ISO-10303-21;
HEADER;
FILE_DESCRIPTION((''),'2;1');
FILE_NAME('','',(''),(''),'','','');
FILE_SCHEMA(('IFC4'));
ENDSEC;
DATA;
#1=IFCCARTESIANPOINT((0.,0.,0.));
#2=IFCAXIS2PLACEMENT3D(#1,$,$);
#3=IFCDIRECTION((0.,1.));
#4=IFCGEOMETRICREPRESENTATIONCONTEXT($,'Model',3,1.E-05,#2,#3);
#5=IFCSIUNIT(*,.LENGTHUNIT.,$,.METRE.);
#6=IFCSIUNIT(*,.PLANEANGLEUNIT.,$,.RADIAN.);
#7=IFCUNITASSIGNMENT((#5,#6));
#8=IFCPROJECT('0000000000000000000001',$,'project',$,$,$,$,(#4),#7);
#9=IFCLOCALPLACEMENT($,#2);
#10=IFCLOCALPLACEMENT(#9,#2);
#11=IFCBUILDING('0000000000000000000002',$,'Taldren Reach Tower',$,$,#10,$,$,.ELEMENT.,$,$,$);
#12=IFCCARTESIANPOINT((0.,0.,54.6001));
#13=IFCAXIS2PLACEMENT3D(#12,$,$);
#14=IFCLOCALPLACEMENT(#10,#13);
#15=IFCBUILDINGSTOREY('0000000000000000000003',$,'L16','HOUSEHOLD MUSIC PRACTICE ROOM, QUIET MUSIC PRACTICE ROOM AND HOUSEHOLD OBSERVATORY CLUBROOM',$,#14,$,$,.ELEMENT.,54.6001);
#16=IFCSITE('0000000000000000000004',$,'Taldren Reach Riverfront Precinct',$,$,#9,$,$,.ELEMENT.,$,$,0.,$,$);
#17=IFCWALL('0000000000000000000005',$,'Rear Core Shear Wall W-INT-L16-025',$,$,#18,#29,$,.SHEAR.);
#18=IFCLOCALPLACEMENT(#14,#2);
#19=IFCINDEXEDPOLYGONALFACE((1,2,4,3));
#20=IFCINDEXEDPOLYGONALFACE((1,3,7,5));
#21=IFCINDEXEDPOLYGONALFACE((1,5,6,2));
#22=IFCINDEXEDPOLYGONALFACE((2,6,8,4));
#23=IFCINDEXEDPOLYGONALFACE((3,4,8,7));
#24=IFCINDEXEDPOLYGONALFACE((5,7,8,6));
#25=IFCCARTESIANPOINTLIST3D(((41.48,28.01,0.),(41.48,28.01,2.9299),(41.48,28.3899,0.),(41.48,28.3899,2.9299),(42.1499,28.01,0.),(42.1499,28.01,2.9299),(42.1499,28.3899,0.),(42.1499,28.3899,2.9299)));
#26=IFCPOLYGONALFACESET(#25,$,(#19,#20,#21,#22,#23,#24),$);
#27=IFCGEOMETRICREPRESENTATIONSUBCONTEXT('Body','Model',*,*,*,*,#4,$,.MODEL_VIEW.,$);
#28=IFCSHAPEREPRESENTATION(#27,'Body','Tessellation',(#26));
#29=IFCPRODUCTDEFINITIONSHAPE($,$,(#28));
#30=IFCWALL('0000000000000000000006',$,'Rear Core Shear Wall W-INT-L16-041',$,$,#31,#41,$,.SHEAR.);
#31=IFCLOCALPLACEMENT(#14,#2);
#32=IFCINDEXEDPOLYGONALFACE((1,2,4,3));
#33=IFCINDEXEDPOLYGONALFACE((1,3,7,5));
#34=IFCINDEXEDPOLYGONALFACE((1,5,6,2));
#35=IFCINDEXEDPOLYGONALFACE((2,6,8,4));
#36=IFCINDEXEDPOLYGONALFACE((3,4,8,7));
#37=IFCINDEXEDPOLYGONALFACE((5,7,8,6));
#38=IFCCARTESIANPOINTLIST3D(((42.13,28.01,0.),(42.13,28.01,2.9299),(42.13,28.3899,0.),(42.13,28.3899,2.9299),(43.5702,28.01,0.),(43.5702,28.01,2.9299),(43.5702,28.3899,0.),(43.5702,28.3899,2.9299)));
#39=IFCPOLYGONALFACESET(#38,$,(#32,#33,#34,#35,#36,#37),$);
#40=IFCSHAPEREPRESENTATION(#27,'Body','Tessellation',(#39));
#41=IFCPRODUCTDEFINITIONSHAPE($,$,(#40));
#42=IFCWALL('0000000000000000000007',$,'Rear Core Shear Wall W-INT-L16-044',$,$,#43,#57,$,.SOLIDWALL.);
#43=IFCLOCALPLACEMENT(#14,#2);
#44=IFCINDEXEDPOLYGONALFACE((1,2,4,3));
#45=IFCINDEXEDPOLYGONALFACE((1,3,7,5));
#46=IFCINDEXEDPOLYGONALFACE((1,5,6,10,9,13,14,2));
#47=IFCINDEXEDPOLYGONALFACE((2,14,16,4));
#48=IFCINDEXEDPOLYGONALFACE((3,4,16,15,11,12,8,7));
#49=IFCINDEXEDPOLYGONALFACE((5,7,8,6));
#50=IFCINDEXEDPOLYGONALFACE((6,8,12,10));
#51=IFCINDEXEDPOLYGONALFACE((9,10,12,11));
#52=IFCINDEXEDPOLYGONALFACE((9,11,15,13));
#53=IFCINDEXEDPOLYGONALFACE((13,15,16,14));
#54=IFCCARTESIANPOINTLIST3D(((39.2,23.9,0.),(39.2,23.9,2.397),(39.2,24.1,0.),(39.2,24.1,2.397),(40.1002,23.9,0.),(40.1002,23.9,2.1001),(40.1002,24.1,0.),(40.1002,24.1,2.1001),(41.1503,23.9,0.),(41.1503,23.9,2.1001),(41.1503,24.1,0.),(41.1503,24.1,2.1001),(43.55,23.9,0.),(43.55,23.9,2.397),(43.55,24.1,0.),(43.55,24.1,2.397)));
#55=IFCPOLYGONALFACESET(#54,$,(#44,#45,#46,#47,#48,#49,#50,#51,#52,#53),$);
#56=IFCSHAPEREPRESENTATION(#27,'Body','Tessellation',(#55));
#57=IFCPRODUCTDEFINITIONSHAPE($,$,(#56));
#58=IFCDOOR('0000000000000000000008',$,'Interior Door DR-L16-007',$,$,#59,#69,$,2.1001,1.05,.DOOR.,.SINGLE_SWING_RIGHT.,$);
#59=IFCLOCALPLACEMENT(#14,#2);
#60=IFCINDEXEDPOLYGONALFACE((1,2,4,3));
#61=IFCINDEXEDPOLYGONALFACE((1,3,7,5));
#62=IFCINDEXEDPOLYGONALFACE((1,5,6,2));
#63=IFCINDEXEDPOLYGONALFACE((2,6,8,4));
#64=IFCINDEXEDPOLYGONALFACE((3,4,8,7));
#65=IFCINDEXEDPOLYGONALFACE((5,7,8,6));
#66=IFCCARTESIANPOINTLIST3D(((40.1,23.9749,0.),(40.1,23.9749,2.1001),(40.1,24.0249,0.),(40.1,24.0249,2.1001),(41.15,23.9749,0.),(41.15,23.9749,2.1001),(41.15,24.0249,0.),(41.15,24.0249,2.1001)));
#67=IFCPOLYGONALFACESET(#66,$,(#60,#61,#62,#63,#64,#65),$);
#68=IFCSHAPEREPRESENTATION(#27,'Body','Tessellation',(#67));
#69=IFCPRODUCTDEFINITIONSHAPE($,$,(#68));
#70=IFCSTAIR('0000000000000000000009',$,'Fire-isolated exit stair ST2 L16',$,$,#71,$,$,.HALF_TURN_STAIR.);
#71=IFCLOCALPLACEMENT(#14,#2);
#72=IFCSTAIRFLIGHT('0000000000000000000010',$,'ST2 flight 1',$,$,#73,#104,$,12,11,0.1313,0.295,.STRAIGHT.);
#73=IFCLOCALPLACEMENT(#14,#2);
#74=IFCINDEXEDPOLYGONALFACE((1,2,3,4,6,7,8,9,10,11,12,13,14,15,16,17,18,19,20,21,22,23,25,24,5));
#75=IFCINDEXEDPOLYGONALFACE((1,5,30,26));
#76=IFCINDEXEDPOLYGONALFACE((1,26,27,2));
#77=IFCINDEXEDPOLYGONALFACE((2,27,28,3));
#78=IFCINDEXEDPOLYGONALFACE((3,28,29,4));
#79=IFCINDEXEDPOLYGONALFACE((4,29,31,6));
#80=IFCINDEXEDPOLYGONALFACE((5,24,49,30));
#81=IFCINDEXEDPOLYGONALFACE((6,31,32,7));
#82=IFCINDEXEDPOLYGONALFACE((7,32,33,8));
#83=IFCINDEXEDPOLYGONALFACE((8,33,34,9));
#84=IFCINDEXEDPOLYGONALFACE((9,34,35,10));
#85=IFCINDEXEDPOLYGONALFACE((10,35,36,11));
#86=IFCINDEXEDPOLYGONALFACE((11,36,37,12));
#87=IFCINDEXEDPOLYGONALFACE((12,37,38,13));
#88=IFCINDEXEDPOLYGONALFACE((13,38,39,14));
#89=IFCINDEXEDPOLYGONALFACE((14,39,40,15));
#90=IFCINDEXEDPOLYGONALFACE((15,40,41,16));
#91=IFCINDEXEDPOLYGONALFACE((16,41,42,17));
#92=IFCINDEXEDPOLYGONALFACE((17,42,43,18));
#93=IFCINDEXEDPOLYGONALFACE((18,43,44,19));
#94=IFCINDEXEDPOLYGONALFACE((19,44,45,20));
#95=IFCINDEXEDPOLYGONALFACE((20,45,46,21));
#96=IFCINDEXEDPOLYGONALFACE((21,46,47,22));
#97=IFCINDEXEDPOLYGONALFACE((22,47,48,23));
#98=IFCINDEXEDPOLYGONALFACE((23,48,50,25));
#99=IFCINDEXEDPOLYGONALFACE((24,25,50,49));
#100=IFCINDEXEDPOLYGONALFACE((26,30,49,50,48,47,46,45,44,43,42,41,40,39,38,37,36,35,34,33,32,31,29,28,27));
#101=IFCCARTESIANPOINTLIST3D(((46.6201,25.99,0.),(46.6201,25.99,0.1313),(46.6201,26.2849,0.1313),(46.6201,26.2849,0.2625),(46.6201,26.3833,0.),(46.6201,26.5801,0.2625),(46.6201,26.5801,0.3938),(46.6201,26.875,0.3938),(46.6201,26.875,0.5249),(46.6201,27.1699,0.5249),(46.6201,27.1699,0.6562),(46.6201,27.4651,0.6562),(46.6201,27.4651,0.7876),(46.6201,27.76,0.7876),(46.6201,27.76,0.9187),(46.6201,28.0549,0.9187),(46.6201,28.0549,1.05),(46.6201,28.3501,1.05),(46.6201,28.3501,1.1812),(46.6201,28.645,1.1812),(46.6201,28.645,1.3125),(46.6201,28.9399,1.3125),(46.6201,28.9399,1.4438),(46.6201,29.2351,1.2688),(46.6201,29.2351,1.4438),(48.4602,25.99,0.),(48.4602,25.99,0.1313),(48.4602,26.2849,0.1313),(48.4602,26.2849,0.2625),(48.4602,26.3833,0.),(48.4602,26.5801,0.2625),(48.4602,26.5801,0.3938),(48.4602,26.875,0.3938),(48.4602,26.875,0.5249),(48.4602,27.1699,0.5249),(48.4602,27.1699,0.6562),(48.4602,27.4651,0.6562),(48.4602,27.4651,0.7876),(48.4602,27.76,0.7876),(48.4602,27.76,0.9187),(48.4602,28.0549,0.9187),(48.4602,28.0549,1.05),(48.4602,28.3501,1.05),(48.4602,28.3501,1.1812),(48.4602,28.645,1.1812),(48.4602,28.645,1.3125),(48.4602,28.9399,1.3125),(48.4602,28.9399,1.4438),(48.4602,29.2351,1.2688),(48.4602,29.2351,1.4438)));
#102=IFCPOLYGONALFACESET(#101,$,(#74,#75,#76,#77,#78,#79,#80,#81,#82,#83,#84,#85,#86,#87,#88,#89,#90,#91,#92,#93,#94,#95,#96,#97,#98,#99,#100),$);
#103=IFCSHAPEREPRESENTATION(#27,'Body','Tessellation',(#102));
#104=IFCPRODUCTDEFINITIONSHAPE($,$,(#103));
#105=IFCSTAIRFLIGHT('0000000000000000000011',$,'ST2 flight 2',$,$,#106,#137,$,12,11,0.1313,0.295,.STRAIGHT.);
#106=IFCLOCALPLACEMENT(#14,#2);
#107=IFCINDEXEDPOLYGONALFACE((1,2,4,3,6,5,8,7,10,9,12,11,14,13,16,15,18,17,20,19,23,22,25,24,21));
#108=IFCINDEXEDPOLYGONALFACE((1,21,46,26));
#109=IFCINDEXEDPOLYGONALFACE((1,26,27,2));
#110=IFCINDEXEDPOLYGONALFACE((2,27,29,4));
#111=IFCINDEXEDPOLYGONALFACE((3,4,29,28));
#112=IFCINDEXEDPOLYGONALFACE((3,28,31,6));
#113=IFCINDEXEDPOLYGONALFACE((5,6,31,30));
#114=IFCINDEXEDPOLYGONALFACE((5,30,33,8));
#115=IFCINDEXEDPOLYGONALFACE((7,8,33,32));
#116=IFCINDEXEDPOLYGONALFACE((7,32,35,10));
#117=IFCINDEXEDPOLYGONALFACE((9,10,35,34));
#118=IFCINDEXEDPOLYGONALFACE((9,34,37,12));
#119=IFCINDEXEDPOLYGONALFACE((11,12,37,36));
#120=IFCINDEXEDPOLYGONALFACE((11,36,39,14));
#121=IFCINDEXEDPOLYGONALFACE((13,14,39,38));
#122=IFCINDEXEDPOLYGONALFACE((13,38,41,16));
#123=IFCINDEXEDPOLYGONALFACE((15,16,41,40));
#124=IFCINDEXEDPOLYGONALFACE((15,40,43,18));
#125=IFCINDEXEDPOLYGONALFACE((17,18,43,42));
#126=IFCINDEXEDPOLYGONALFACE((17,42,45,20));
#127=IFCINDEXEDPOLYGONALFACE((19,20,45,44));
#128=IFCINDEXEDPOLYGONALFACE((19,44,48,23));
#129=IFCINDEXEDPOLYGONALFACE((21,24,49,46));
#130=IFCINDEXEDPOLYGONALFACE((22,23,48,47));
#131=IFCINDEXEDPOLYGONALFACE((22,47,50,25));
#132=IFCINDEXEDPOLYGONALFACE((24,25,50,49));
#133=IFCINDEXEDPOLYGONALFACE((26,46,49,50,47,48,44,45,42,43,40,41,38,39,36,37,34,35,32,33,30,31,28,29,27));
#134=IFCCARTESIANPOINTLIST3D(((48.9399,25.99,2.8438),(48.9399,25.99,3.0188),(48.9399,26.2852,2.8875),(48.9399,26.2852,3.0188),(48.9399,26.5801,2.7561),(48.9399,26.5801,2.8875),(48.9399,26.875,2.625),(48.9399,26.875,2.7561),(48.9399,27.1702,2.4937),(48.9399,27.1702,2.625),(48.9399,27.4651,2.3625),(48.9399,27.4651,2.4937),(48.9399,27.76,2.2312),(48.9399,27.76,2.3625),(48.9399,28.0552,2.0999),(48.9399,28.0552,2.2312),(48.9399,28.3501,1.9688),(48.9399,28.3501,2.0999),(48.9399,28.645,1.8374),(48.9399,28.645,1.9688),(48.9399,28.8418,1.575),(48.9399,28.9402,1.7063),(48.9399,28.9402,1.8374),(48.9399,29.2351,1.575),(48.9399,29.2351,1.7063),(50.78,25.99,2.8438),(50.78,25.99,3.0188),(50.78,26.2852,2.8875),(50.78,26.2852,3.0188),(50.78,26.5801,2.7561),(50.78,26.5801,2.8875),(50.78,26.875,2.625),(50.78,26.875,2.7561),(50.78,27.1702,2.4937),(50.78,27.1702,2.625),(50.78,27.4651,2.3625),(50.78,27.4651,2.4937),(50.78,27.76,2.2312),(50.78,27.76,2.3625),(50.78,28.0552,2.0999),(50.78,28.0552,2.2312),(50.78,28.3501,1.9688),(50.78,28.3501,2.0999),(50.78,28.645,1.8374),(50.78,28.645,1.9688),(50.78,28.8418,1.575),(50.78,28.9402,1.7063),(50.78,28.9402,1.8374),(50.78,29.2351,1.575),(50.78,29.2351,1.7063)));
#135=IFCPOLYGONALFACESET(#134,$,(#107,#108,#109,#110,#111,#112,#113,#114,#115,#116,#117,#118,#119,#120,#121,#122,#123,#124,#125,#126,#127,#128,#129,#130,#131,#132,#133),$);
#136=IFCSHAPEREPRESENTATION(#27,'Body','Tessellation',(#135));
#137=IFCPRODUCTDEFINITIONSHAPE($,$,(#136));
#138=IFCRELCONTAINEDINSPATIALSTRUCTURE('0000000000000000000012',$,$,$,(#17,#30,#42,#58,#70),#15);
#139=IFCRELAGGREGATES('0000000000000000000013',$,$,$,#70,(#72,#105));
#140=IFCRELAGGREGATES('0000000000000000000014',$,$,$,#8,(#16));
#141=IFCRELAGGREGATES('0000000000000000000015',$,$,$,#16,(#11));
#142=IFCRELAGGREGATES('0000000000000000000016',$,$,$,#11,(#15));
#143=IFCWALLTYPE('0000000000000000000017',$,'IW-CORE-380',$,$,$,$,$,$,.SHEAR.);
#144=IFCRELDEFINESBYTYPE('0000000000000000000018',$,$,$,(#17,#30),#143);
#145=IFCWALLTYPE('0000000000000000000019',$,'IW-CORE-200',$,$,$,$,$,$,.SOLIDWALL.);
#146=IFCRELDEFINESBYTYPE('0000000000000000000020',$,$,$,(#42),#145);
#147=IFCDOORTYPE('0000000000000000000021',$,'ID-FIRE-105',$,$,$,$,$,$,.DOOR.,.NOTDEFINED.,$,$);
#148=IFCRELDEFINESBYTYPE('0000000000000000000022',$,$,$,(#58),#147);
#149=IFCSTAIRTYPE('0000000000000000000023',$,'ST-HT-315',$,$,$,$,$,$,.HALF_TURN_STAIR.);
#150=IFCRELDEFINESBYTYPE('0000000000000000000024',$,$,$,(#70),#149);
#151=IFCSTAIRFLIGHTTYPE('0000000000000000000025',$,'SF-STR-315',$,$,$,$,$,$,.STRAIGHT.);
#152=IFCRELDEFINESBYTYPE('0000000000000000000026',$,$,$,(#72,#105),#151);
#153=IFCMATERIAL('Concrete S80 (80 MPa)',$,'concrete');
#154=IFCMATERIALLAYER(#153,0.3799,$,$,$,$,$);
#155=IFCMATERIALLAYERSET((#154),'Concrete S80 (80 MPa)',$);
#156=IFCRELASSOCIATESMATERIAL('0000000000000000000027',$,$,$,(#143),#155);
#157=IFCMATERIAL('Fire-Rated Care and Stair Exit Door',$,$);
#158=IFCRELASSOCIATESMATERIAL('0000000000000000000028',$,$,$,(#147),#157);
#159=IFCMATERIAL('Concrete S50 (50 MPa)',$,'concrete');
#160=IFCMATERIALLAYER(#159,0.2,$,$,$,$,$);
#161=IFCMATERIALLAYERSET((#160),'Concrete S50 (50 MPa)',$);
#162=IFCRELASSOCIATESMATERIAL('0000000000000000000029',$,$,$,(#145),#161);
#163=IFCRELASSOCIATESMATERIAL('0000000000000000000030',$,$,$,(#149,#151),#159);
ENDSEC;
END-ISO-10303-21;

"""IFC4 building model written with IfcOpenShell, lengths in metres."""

from ifc_helpers import new_model, si_unit, direction, frame, frame_2d, origin, place, context, subcontext, project, spatial, polyline, rectangle, outline, extrude, source, transform, mapped, material, layer, layer_set, type_object, element, fill, aggregate, save


model = new_model("IFC4")

# Units and contexts
model_context = context("Model", 3, precision=1e-05, world=origin(), true_north=direction((0.0, 1.0)))
body_context = subcontext(model_context, "Body", "Model", "MODEL_VIEW")
ifc_project = project(units=[si_unit("LENGTHUNIT", "METRE"), si_unit("PLANEANGLEUNIT", "RADIAN")], contexts=[model_context])

# Site, building, storey
site_placement = place(None, origin())
site = spatial("IfcSite", under=ifc_project, at=site_placement, Name="Taldren Reach Riverfront Precinct", CompositionType="ELEMENT", RefElevation=0.0)
building_placement = place(site_placement, origin())
building = spatial("IfcBuilding", under=site, at=building_placement, Name="Taldren Reach Tower", CompositionType="ELEMENT")
storey_placement = place(building_placement, frame((0.0, 0.0, 54.6001)))
storey = spatial("IfcBuildingStorey", under=building, at=storey_placement, Name="L16", Description="HOUSEHOLD MUSIC PRACTICE ROOM, QUIET MUSIC PRACTICE ROOM AND HOUSEHOLD OBSERVATORY CLUBROOM", CompositionType="ELEMENT", Elevation=54.6001)

# Shared definitions
ifc_material_1 = material(Name="Concrete S80 (80 MPa)", Category="concrete")
ifc_layer_1 = layer(ifc_material_1, 0.3799)
ifc_layer_set_1 = layer_set([ifc_layer_1], Name="Concrete S80 (80 MPa)")
wall_type_1 = type_object("IfcWallType", Name="IW-CORE-380", PredefinedType="SHEAR", material=ifc_layer_set_1)

# Shared definitions
ifc_material_2 = material(Name="Fire-Rated Care and Stair Exit Door")
door_type_1 = type_object("IfcDoorType", Name="ID-FIRE-105", OperationType="NOTDEFINED", PredefinedType="DOOR", material=ifc_material_2)
shared_shape_1 = source(origin(), body_context, "Body", "SweptSolid", [
    extrude(rectangle(XDim=1.05, YDim=2.1001, at=frame_2d((0.5249, 1.05))), frame((0.0, 0.0249, 0.0), z_axis=(0.0, -1.0, 0.0), x_axis=(1.0, 0.0, 0.0)), (0.0, 0.0, 1.0), 0.05),
])

# Shared definitions
ifc_material_3 = material(Name="Concrete S50 (50 MPa)", Category="concrete")
ifc_layer_2 = layer(ifc_material_3, 0.2)
ifc_layer_set_2 = layer_set([ifc_layer_2], Name="Concrete S50 (50 MPa)")
wall_type_2 = type_object("IfcWallType", Name="IW-CORE-200", PredefinedType="SOLIDWALL", material=ifc_layer_set_2)

# Shared definitions
shared_shape_2 = source(origin(), body_context, "Body", "SweptSolid", [
    extrude(rectangle(XDim=1.05, YDim=2.1001, at=frame_2d((0.5249, 1.05))), frame((0.0, 0.1099, 0.0), z_axis=(0.0, -1.0, 0.0), x_axis=(1.0, 0.0, 0.0)), (0.0, 0.0, 1.0), 0.22),
])

# Walls
shared_shape_3 = source(origin(), body_context, "Body", "SweptSolid", [
    extrude(rectangle(XDim=0.6699, YDim=0.3799, at=frame_2d((0.335, 0.0))), origin(), (0.0, 0.0, 1.0), 2.9299),
])
wall_1_placement = place(storey_placement, frame((42.1499, 28.2, 0.0), z_axis=(0.0, 0.0, 1.0), x_axis=(-1.0, 0.0, 0.0)))
element("IfcWall", 1, at=wall_1_placement, inside=storey, type_object=wall_type_1, Name="Rear Core Shear Wall W-INT-L16-025", PredefinedType="SHEAR", context=body_context, shape_type="MappedRepresentation", body=[
    mapped(shared_shape_3, transform((0.0, 0.0, 0.0), scale=1.0)),
])
shared_shape_4 = source(origin(), body_context, "Body", "SweptSolid", [
    extrude(rectangle(XDim=1.4402, YDim=0.3799, at=frame_2d((0.7202, 0.0))), origin(), (0.0, 0.0, 1.0), 2.9299),
])
wall_2_placement = place(storey_placement, frame((42.1299, 28.2, 0.0), z_axis=(0.0, 0.0, 1.0), x_axis=(1.0, 0.0, 0.0)))
element("IfcWall", 2, at=wall_2_placement, inside=storey, type_object=wall_type_1, Name="Rear Core Shear Wall W-INT-L16-041", PredefinedType="SHEAR", context=body_context, shape_type="MappedRepresentation", body=[
    mapped(shared_shape_4, transform((0.0, 0.0, 0.0), scale=1.0)),
])

# Wall, opening, door
shared_shape_5 = source(origin(), body_context, "Body", "SweptSolid", [
    extrude(rectangle(XDim=4.3501, YDim=0.2, at=frame_2d((2.175, 0.0))), origin(), (0.0, 0.0, 1.0), 2.397),
])
wall_3_placement = place(storey_placement, frame((43.55, 24.0, 0.0), z_axis=(0.0, 0.0, 1.0), x_axis=(-1.0, 0.0, 0.0)))
wall_3 = element("IfcWall", 3, at=wall_3_placement, inside=storey, type_object=wall_type_2, Name="Rear Core Shear Wall W-INT-L16-044", PredefinedType="SOLIDWALL", context=body_context, shape_type="MappedRepresentation", body=[
    mapped(shared_shape_5, transform((0.0, 0.0, 0.0), scale=1.0)),
])
opening_1_placement = place(wall_3_placement, frame((2.3999, 0.0, 0.0)))
opening_1 = element("IfcOpeningElement", 4, at=opening_1_placement, cuts=wall_3, PredefinedType="OPENING", context=body_context, shape_type="MappedRepresentation", body=[
    mapped(shared_shape_2, transform((0.0, 0.0, 0.0), scale=1.0)),
])
door_1_placement = place(opening_1_placement, frame((1.05, 0.0, 0.0), z_axis=(0.0, 0.0, 1.0), x_axis=(-1.0, 0.0, 0.0)))
door_1 = element("IfcDoor", 5, at=door_1_placement, inside=storey, type_object=door_type_1, Name="Interior Door DR-L16-007", OperationType="SINGLE_SWING_RIGHT", OverallHeight=2.1001, OverallWidth=1.05, PredefinedType="DOOR", context=body_context, shape_type="MappedRepresentation", body=[
    mapped(shared_shape_1, transform((0.0, 0.0, 0.0), scale=1.0)),
])
fill(opening_1, door_1)

# Stair, stair flights
stair_type = type_object("IfcStairType", Name="ST-HT-315", PredefinedType="HALF_TURN_STAIR", material=ifc_material_3)
stair_placement = place(storey_placement, origin())
stair = element("IfcStair", 6, at=stair_placement, inside=storey, type_object=stair_type, Name="Fire-isolated exit stair ST2 L16", PredefinedType="HALF_TURN_STAIR")
stair_flight_type = type_object("IfcStairFlightType", Name="SF-STR-315", PredefinedType="STRAIGHT", material=ifc_material_3)
stair_flight_1_placement = place(storey_placement, frame((47.54, 25.99, 0.0), z_axis=(0.0, 0.0, 1.0), x_axis=(0.0, 1.0, 0.0)))
stair_flight_1 = element("IfcStairFlight", 7, at=stair_flight_1_placement, type_object=stair_flight_type, Name="ST2 flight 1", NumberOfRisers=12, NumberOfTreads=11, PredefinedType="STRAIGHT", RiserHeight=0.1313, TreadLength=0.295, context=body_context, shape_type="SweptSolid", body=[
    extrude(outline(polyline([(0.0, 0.0), (0.0, 0.1313), (0.2949, 0.1313), (0.2949, 0.2625), (0.5901, 0.2625), (0.5901, 0.3938), (0.885, 0.3938), (0.885, 0.5249), (1.1799, 0.5249), (1.1799, 0.6562), (1.4751, 0.6562), (1.4751, 0.7876), (1.77, 0.7876), (1.77, 0.9187), (2.0649, 0.9187), (2.0649, 1.05), (2.3601, 1.05), (2.3601, 1.1812), (2.655, 1.1812), (2.655, 1.3125), (2.95, 1.3125), (2.95, 1.4438), (3.2451, 1.4438), (3.2451, 1.575), (3.2451, 1.2688), (0.3933, 0.0), (0.0, 0.0)])), frame((0.0, 0.9199, 0.0), z_axis=(0.0, -1.0, 0.0), x_axis=(1.0, 0.0, 0.0)), (0.0, 0.0, 1.0), 1.8401),
])
stair_flight_2_placement = place(storey_placement, frame((49.8601, 29.2351, 1.575), z_axis=(0.0, 0.0, 1.0), x_axis=(0.0, -1.0, 0.0)))
stair_flight_2 = element("IfcStairFlight", 8, at=stair_flight_2_placement, type_object=stair_flight_type, Name="ST2 flight 2", NumberOfRisers=12, NumberOfTreads=11, PredefinedType="STRAIGHT", RiserHeight=0.1313, TreadLength=0.295, context=body_context, shape_type="SweptSolid", body=[
    extrude(outline(polyline([(0.0, 0.0), (0.0, 0.1313), (0.2949, 0.1313), (0.2949, 0.2625), (0.5901, 0.2625), (0.5901, 0.3938), (0.885, 0.3938), (0.885, 0.5249), (1.1799, 0.5249), (1.1799, 0.6562), (1.4751, 0.6562), (1.4751, 0.7876), (1.77, 0.7876), (1.77, 0.9187), (2.0649, 0.9187), (2.0649, 1.05), (2.3601, 1.05), (2.3601, 1.1812), (2.655, 1.1812), (2.655, 1.3125), (2.95, 1.3125), (2.95, 1.4438), (3.2451, 1.4438), (3.2451, 1.575), (3.2451, 1.2688), (0.3933, 0.0), (0.0, 0.0)])), frame((0.0, 0.9199, 0.0), z_axis=(0.0, -1.0, 0.0), x_axis=(1.0, 0.0, 0.0)), (0.0, 0.0, 1.0), 1.8401),
])
aggregate(stair, [stair_flight_1, stair_flight_2])

save(model, "model.ifc")
